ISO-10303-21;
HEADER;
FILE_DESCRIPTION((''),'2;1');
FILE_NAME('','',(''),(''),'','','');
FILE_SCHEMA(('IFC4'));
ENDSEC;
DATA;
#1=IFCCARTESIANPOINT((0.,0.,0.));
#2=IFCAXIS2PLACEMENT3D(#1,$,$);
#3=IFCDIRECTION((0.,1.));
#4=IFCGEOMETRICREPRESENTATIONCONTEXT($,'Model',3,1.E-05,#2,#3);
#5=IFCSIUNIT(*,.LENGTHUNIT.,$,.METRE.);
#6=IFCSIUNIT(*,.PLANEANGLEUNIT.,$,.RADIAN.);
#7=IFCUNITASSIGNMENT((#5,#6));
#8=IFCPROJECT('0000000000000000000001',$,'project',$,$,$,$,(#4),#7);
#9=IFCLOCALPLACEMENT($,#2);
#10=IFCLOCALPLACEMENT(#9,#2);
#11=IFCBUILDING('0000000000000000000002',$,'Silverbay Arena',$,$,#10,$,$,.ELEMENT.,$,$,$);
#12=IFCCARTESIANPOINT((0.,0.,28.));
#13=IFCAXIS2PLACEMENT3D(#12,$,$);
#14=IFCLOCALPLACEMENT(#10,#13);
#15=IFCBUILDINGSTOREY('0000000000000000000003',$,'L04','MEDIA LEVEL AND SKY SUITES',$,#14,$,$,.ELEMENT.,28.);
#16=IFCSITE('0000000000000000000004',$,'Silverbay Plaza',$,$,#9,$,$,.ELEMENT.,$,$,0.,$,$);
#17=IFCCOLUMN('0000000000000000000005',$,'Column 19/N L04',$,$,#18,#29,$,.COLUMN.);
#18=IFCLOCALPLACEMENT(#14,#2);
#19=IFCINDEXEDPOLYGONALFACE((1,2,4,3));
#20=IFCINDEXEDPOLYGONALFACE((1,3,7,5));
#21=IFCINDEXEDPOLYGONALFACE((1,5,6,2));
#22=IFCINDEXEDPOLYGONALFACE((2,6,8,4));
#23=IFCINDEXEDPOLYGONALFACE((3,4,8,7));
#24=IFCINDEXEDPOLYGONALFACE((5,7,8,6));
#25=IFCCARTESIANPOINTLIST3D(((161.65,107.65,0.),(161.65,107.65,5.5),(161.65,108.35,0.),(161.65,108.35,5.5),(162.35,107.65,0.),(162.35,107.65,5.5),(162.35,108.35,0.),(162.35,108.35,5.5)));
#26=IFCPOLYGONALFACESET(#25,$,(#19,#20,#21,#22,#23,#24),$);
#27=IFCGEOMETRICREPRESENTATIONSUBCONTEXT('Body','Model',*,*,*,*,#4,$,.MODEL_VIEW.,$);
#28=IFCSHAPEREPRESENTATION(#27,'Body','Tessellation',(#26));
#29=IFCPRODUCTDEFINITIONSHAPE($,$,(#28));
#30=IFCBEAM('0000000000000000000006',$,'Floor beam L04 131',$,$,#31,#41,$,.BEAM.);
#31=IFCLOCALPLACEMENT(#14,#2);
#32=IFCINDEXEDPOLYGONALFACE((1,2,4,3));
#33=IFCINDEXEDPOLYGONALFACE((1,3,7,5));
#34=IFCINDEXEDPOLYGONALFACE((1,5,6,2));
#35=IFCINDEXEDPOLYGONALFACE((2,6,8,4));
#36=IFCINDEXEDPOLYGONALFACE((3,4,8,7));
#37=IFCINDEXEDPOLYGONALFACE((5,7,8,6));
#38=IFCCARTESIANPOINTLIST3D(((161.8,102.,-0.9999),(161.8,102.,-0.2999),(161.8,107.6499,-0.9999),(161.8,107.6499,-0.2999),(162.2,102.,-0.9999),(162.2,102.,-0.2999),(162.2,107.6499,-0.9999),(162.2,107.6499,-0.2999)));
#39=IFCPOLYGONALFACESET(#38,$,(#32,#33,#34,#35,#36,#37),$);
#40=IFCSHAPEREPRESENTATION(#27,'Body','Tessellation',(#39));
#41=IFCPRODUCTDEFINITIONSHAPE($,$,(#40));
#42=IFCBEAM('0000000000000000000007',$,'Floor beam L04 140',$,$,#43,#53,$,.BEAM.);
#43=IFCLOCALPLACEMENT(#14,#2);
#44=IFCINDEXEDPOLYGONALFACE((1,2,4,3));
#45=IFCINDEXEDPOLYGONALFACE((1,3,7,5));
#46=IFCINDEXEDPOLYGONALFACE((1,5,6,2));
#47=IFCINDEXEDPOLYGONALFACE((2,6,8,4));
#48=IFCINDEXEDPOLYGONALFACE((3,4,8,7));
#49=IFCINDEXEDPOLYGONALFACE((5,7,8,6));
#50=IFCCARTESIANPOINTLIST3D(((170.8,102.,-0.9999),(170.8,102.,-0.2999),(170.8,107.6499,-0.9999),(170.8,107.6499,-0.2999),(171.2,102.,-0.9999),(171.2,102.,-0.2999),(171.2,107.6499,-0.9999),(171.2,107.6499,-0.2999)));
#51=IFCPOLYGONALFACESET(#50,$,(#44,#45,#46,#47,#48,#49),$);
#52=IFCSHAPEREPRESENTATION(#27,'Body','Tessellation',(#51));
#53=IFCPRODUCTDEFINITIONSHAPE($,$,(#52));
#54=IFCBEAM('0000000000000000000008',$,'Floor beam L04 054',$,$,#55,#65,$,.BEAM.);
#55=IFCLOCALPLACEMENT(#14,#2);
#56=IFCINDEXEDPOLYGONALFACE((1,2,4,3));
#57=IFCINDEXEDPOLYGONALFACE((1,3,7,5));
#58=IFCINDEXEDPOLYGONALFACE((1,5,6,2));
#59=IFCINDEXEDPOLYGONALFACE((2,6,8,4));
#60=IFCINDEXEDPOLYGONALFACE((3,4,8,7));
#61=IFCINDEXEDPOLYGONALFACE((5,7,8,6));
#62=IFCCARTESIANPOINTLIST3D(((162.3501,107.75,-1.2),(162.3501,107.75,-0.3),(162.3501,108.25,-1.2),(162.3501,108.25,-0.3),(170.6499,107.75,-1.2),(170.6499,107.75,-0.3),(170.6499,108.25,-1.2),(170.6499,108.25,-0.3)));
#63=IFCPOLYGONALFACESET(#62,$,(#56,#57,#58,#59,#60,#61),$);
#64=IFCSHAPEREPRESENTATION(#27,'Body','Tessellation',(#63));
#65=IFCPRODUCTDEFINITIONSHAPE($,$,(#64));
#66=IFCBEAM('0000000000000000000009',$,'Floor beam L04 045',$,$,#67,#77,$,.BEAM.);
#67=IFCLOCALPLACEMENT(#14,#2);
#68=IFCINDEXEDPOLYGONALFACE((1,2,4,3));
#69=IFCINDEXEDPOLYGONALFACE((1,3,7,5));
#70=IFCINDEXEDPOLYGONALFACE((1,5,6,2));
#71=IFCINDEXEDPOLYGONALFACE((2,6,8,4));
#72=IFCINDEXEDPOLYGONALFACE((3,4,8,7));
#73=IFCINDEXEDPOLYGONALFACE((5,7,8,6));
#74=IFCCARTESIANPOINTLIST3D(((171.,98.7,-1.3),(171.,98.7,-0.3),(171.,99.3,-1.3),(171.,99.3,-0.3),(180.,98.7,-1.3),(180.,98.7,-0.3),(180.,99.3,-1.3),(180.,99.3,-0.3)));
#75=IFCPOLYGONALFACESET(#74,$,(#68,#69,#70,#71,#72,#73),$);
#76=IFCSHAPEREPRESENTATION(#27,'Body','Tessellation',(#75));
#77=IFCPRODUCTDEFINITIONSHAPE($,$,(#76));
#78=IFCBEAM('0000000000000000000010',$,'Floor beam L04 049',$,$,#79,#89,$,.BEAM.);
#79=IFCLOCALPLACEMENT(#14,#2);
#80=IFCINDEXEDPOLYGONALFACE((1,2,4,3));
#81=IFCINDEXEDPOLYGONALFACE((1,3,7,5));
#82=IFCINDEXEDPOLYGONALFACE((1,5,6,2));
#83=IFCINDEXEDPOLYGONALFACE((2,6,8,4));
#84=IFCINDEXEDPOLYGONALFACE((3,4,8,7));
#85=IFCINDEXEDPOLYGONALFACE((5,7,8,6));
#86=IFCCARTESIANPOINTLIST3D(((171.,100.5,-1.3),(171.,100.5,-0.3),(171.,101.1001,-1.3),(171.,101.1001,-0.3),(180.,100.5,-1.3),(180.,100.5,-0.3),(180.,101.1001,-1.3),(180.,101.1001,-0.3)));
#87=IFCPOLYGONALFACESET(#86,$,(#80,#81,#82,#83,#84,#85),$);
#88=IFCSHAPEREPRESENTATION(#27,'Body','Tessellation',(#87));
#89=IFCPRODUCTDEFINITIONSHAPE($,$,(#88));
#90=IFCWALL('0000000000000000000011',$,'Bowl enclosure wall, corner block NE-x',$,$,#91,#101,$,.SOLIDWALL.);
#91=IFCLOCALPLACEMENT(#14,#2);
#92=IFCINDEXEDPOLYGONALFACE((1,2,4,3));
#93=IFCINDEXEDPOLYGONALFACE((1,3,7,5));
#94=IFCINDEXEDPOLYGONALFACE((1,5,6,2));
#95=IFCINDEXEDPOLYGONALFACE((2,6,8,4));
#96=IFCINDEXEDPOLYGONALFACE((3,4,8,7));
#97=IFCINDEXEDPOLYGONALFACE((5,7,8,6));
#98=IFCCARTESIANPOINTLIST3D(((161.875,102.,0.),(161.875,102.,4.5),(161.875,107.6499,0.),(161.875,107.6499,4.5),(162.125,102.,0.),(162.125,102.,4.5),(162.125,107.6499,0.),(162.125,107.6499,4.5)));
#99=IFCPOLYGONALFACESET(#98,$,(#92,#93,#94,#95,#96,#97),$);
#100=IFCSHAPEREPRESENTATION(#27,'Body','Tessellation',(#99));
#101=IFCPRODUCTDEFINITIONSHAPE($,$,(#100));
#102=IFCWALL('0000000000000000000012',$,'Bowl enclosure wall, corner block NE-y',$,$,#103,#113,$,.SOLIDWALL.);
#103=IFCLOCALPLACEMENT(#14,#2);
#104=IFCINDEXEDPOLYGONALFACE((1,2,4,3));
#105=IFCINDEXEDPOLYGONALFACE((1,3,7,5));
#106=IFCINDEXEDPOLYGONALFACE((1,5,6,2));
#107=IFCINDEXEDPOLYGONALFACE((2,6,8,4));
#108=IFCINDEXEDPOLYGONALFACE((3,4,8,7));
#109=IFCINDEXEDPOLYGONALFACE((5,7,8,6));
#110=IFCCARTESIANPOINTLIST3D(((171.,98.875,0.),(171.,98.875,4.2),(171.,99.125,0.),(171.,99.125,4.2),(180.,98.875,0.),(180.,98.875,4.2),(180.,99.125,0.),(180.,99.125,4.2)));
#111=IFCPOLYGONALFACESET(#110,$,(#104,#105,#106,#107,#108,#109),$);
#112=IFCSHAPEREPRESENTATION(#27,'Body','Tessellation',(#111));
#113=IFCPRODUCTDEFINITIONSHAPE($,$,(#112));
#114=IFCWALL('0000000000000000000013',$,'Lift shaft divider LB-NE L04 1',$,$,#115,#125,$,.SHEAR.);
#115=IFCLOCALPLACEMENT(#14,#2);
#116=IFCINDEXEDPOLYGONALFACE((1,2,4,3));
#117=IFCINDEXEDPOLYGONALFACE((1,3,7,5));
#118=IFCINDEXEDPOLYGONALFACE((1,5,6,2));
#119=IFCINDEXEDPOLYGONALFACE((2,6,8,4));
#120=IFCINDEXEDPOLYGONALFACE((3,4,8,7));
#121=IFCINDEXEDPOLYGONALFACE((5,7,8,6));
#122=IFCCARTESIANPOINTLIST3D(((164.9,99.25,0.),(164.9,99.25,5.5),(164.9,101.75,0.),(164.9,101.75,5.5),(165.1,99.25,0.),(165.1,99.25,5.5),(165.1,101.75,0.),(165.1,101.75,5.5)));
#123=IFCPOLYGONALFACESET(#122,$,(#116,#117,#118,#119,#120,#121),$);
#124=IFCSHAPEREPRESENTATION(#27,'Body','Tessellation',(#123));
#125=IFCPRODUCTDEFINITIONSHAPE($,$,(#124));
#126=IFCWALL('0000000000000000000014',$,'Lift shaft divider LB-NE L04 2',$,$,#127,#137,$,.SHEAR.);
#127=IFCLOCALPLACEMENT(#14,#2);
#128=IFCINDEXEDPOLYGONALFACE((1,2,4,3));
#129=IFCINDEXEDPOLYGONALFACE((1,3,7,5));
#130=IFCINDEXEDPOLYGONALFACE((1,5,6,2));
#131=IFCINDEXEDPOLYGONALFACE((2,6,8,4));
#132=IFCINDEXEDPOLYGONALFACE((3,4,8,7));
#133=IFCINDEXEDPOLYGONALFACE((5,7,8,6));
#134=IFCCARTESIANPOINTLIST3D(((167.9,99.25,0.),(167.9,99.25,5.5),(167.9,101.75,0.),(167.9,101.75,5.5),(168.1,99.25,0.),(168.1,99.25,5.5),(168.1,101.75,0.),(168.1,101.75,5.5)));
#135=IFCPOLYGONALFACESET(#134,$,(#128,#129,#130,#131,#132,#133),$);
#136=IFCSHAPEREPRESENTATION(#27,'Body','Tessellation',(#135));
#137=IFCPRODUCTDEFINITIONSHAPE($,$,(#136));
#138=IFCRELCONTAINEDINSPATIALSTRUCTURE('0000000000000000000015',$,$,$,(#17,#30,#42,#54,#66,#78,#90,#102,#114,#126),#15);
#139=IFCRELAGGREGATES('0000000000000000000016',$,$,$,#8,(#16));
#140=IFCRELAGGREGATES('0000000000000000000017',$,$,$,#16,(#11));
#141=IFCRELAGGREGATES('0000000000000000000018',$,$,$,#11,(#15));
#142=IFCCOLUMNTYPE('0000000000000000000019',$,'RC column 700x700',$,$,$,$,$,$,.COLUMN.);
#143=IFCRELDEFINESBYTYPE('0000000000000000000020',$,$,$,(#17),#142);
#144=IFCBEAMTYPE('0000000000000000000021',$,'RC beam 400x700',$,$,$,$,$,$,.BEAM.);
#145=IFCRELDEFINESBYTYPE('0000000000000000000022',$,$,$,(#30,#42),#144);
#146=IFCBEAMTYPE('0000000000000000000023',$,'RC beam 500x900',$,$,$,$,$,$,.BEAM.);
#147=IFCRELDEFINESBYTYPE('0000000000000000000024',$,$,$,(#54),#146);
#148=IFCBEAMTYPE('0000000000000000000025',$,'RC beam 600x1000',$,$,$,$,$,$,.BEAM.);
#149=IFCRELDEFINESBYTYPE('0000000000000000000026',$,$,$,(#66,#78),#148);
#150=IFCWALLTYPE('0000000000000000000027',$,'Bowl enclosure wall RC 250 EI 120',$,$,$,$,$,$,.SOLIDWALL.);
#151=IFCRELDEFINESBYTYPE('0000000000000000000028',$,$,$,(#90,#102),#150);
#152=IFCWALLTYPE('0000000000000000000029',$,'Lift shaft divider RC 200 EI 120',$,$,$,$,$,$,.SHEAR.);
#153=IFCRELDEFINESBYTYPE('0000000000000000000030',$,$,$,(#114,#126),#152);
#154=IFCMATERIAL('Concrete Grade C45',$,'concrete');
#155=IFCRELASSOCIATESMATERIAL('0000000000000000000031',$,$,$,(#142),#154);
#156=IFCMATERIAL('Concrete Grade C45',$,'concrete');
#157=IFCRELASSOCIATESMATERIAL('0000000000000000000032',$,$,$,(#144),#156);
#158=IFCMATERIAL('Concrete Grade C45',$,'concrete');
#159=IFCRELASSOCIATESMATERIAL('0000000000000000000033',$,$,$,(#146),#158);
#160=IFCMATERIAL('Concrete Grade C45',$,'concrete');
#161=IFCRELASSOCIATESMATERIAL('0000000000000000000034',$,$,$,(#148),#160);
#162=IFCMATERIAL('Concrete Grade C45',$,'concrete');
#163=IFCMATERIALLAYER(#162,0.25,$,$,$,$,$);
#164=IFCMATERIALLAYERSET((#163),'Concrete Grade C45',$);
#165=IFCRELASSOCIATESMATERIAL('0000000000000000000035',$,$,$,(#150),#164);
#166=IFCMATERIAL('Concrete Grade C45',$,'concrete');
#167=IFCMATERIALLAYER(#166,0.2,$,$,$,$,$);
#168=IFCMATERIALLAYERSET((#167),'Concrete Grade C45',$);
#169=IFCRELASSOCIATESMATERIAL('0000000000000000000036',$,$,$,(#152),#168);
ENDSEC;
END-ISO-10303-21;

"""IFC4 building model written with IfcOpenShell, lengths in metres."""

from ifc_helpers import new_model, si_unit, direction, frame, frame_2d, origin, origin_2d, place, context, subcontext, project, spatial, rectangle, extrude, material, layer, layer_set, material_profile, profile_set, type_object, element, save


model = new_model("IFC4")

# Units and contexts
model_context = context("Model", 3, precision=1e-05, world=origin(), true_north=direction((0.0, 1.0)))
body_context = subcontext(model_context, "Body", "Model", "MODEL_VIEW")
ifc_project = project(units=[si_unit("LENGTHUNIT", "METRE"), si_unit("PLANEANGLEUNIT", "RADIAN")], contexts=[model_context])

# Site, building, storey
site_placement = place(None, origin())
site = spatial("IfcSite", under=ifc_project, at=site_placement, Name="Silverbay Plaza", CompositionType="ELEMENT", RefElevation=0.0)
building_placement = place(site_placement, origin())
building = spatial("IfcBuilding", under=site, at=building_placement, Name="Silverbay Arena", CompositionType="ELEMENT")
storey_placement = place(building_placement, frame((0.0, 0.0, 28.0)))
storey = spatial("IfcBuildingStorey", under=building, at=storey_placement, Name="L04", Description="MEDIA LEVEL AND SKY SUITES", CompositionType="ELEMENT", Elevation=28.0)

# Column
ifc_material_1 = material(Name="Concrete Grade C45", Category="concrete")
ifc_material_profile_1 = material_profile(ifc_material_1, rectangle(XDim=0.7, YDim=0.7, at=origin_2d()), Name="RC 700x700")
ifc_profile_set_1 = profile_set([ifc_material_profile_1], Name="Concrete Grade C45")
column_type = type_object("IfcColumnType", Name="RC column 700x700", PredefinedType="COLUMN", material=ifc_profile_set_1)
column_placement = place(storey_placement, frame((162.0, 108.0, 0.0), z_axis=(0.0, 0.0, 1.0), x_axis=(1.0, 0.0, 0.0)))
element("IfcColumn", 1, at=column_placement, inside=storey, type_object=column_type, Name="Column 19/N L04", PredefinedType="COLUMN", context=body_context, shape_type="SweptSolid", body=[
    extrude(rectangle(XDim=0.7, YDim=0.7, at=origin_2d()), origin(), (0.0, 0.0, 1.0), 5.5),
])

# Beams
ifc_material_2 = material(Name="Concrete Grade C45", Category="concrete")
ifc_material_profile_2 = material_profile(ifc_material_2, rectangle(XDim=0.3999, YDim=0.7, at=origin_2d()), Name="RC 400x700")
ifc_profile_set_2 = profile_set([ifc_material_profile_2], Name="Concrete Grade C45")
beam_type_1 = type_object("IfcBeamType", Name="RC beam 400x700", PredefinedType="BEAM", material=ifc_profile_set_2)
for number, where, z_axis, x_axis, name in (
    (2, (162.0, 102.0, -0.6499), (0.0, 1.0, 0.0), (-1.0, 0.0, 0.0), "Floor beam L04 131"),
    (3, (171.0, 102.0, -0.6499), (0.0, 1.0, 0.0), (-1.0, 0.0, 0.0), "Floor beam L04 140"),
):
    element("IfcBeam", number, at=place(storey_placement, frame(where, z_axis=z_axis, x_axis=x_axis)), inside=storey, type_object=beam_type_1, Name=name, PredefinedType="BEAM", context=body_context, shape_type="SweptSolid", body=[
        extrude(rectangle(XDim=0.3999, YDim=0.7, at=origin_2d()), origin(), (0.0, 0.0, 1.0), 5.6499),
    ])
ifc_material_3 = material(Name="Concrete Grade C45", Category="concrete")
ifc_material_profile_3 = material_profile(ifc_material_3, rectangle(XDim=0.5, YDim=0.8999, at=origin_2d()), Name="RC 500x900")
ifc_profile_set_3 = profile_set([ifc_material_profile_3], Name="Concrete Grade C45")
beam_type_2 = type_object("IfcBeamType", Name="RC beam 500x900", PredefinedType="BEAM", material=ifc_profile_set_3)
beam_placement = place(storey_placement, frame((162.3501, 108.0, -0.75), z_axis=(1.0, 0.0, 0.0), x_axis=(0.0, 1.0, 0.0)))
element("IfcBeam", 4, at=beam_placement, inside=storey, type_object=beam_type_2, Name="Floor beam L04 054", PredefinedType="BEAM", context=body_context, shape_type="SweptSolid", body=[
    extrude(rectangle(XDim=0.5, YDim=0.8999, at=origin_2d()), origin(), (0.0, 0.0, 1.0), 8.2998),
])
ifc_material_4 = material(Name="Concrete Grade C45", Category="concrete")
ifc_material_profile_4 = material_profile(ifc_material_4, rectangle(XDim=0.6001, YDim=1.0, at=origin_2d()), Name="RC 600x1000")
ifc_profile_set_4 = profile_set([ifc_material_profile_4], Name="Concrete Grade C45")
beam_type_3 = type_object("IfcBeamType", Name="RC beam 600x1000", PredefinedType="BEAM", material=ifc_profile_set_4)
for number, where, z_axis, x_axis, name in (
    (5, (171.0, 99.0, -0.8), (1.0, 0.0, 0.0), (0.0, 1.0, 0.0), "Floor beam L04 045"),
    (6, (171.0, 100.8, -0.8), (1.0, 0.0, 0.0), (0.0, 1.0, 0.0), "Floor beam L04 049"),
):
    element("IfcBeam", number, at=place(storey_placement, frame(where, z_axis=z_axis, x_axis=x_axis)), inside=storey, type_object=beam_type_3, Name=name, PredefinedType="BEAM", context=body_context, shape_type="SweptSolid", body=[
        extrude(rectangle(XDim=0.6001, YDim=1.0, at=origin_2d()), origin(), (0.0, 0.0, 1.0), 9.0),
    ])

# Walls
ifc_material_5 = material(Name="Concrete Grade C45", Category="concrete")
ifc_layer_1 = layer(ifc_material_5, 0.25)
ifc_layer_set_1 = layer_set([ifc_layer_1], Name="Concrete Grade C45")
wall_type_1 = type_object("IfcWallType", Name="Bowl enclosure wall RC 250 EI 120", PredefinedType="SOLIDWALL", material=ifc_layer_set_1)
wall_1_placement = place(storey_placement, frame((162.0, 102.0, 0.0), z_axis=(0.0, 0.0, 1.0), x_axis=(0.0, 1.0, 0.0)))
element("IfcWall", 7, at=wall_1_placement, inside=storey, type_object=wall_type_1, Name="Bowl enclosure wall, corner block NE-x", PredefinedType="SOLIDWALL", context=body_context, shape_type="SweptSolid", body=[
    extrude(rectangle(XDim=5.6499, YDim=0.25, at=frame_2d((2.825, 0.0))), origin(), (0.0, 0.0, 1.0), 4.5),
])
wall_2_placement = place(storey_placement, frame((171.0, 99.0, 0.0), z_axis=(0.0, 0.0, 1.0), x_axis=(1.0, 0.0, 0.0)))
element("IfcWall", 8, at=wall_2_placement, inside=storey, type_object=wall_type_1, Name="Bowl enclosure wall, corner block NE-y", PredefinedType="SOLIDWALL", context=body_context, shape_type="SweptSolid", body=[
    extrude(rectangle(XDim=9.0, YDim=0.25, at=frame_2d((4.5, 0.0))), origin(), (0.0, 0.0, 1.0), 4.2),
])
ifc_material_6 = material(Name="Concrete Grade C45", Category="concrete")
ifc_layer_2 = layer(ifc_material_6, 0.2)
ifc_layer_set_2 = layer_set([ifc_layer_2], Name="Concrete Grade C45")
wall_type_2 = type_object("IfcWallType", Name="Lift shaft divider RC 200 EI 120", PredefinedType="SHEAR", material=ifc_layer_set_2)
for number, where, z_axis, x_axis, name in (
    (9, (165.0, 99.25, 0.0), (0.0, 0.0, 1.0), (0.0, 1.0, 0.0), "Lift shaft divider LB-NE L04 1"),
    (10, (168.0, 99.25, 0.0), (0.0, 0.0, 1.0), (0.0, 1.0, 0.0), "Lift shaft divider LB-NE L04 2"),
):
    element("IfcWall", number, at=place(storey_placement, frame(where, z_axis=z_axis, x_axis=x_axis)), inside=storey, type_object=wall_type_2, Name=name, PredefinedType="SHEAR", context=body_context, shape_type="SweptSolid", body=[
        extrude(rectangle(XDim=2.5, YDim=0.2, at=frame_2d((1.25, 0.0))), origin(), (0.0, 0.0, 1.0), 5.5),
    ])

save(model, "model.ifc")
